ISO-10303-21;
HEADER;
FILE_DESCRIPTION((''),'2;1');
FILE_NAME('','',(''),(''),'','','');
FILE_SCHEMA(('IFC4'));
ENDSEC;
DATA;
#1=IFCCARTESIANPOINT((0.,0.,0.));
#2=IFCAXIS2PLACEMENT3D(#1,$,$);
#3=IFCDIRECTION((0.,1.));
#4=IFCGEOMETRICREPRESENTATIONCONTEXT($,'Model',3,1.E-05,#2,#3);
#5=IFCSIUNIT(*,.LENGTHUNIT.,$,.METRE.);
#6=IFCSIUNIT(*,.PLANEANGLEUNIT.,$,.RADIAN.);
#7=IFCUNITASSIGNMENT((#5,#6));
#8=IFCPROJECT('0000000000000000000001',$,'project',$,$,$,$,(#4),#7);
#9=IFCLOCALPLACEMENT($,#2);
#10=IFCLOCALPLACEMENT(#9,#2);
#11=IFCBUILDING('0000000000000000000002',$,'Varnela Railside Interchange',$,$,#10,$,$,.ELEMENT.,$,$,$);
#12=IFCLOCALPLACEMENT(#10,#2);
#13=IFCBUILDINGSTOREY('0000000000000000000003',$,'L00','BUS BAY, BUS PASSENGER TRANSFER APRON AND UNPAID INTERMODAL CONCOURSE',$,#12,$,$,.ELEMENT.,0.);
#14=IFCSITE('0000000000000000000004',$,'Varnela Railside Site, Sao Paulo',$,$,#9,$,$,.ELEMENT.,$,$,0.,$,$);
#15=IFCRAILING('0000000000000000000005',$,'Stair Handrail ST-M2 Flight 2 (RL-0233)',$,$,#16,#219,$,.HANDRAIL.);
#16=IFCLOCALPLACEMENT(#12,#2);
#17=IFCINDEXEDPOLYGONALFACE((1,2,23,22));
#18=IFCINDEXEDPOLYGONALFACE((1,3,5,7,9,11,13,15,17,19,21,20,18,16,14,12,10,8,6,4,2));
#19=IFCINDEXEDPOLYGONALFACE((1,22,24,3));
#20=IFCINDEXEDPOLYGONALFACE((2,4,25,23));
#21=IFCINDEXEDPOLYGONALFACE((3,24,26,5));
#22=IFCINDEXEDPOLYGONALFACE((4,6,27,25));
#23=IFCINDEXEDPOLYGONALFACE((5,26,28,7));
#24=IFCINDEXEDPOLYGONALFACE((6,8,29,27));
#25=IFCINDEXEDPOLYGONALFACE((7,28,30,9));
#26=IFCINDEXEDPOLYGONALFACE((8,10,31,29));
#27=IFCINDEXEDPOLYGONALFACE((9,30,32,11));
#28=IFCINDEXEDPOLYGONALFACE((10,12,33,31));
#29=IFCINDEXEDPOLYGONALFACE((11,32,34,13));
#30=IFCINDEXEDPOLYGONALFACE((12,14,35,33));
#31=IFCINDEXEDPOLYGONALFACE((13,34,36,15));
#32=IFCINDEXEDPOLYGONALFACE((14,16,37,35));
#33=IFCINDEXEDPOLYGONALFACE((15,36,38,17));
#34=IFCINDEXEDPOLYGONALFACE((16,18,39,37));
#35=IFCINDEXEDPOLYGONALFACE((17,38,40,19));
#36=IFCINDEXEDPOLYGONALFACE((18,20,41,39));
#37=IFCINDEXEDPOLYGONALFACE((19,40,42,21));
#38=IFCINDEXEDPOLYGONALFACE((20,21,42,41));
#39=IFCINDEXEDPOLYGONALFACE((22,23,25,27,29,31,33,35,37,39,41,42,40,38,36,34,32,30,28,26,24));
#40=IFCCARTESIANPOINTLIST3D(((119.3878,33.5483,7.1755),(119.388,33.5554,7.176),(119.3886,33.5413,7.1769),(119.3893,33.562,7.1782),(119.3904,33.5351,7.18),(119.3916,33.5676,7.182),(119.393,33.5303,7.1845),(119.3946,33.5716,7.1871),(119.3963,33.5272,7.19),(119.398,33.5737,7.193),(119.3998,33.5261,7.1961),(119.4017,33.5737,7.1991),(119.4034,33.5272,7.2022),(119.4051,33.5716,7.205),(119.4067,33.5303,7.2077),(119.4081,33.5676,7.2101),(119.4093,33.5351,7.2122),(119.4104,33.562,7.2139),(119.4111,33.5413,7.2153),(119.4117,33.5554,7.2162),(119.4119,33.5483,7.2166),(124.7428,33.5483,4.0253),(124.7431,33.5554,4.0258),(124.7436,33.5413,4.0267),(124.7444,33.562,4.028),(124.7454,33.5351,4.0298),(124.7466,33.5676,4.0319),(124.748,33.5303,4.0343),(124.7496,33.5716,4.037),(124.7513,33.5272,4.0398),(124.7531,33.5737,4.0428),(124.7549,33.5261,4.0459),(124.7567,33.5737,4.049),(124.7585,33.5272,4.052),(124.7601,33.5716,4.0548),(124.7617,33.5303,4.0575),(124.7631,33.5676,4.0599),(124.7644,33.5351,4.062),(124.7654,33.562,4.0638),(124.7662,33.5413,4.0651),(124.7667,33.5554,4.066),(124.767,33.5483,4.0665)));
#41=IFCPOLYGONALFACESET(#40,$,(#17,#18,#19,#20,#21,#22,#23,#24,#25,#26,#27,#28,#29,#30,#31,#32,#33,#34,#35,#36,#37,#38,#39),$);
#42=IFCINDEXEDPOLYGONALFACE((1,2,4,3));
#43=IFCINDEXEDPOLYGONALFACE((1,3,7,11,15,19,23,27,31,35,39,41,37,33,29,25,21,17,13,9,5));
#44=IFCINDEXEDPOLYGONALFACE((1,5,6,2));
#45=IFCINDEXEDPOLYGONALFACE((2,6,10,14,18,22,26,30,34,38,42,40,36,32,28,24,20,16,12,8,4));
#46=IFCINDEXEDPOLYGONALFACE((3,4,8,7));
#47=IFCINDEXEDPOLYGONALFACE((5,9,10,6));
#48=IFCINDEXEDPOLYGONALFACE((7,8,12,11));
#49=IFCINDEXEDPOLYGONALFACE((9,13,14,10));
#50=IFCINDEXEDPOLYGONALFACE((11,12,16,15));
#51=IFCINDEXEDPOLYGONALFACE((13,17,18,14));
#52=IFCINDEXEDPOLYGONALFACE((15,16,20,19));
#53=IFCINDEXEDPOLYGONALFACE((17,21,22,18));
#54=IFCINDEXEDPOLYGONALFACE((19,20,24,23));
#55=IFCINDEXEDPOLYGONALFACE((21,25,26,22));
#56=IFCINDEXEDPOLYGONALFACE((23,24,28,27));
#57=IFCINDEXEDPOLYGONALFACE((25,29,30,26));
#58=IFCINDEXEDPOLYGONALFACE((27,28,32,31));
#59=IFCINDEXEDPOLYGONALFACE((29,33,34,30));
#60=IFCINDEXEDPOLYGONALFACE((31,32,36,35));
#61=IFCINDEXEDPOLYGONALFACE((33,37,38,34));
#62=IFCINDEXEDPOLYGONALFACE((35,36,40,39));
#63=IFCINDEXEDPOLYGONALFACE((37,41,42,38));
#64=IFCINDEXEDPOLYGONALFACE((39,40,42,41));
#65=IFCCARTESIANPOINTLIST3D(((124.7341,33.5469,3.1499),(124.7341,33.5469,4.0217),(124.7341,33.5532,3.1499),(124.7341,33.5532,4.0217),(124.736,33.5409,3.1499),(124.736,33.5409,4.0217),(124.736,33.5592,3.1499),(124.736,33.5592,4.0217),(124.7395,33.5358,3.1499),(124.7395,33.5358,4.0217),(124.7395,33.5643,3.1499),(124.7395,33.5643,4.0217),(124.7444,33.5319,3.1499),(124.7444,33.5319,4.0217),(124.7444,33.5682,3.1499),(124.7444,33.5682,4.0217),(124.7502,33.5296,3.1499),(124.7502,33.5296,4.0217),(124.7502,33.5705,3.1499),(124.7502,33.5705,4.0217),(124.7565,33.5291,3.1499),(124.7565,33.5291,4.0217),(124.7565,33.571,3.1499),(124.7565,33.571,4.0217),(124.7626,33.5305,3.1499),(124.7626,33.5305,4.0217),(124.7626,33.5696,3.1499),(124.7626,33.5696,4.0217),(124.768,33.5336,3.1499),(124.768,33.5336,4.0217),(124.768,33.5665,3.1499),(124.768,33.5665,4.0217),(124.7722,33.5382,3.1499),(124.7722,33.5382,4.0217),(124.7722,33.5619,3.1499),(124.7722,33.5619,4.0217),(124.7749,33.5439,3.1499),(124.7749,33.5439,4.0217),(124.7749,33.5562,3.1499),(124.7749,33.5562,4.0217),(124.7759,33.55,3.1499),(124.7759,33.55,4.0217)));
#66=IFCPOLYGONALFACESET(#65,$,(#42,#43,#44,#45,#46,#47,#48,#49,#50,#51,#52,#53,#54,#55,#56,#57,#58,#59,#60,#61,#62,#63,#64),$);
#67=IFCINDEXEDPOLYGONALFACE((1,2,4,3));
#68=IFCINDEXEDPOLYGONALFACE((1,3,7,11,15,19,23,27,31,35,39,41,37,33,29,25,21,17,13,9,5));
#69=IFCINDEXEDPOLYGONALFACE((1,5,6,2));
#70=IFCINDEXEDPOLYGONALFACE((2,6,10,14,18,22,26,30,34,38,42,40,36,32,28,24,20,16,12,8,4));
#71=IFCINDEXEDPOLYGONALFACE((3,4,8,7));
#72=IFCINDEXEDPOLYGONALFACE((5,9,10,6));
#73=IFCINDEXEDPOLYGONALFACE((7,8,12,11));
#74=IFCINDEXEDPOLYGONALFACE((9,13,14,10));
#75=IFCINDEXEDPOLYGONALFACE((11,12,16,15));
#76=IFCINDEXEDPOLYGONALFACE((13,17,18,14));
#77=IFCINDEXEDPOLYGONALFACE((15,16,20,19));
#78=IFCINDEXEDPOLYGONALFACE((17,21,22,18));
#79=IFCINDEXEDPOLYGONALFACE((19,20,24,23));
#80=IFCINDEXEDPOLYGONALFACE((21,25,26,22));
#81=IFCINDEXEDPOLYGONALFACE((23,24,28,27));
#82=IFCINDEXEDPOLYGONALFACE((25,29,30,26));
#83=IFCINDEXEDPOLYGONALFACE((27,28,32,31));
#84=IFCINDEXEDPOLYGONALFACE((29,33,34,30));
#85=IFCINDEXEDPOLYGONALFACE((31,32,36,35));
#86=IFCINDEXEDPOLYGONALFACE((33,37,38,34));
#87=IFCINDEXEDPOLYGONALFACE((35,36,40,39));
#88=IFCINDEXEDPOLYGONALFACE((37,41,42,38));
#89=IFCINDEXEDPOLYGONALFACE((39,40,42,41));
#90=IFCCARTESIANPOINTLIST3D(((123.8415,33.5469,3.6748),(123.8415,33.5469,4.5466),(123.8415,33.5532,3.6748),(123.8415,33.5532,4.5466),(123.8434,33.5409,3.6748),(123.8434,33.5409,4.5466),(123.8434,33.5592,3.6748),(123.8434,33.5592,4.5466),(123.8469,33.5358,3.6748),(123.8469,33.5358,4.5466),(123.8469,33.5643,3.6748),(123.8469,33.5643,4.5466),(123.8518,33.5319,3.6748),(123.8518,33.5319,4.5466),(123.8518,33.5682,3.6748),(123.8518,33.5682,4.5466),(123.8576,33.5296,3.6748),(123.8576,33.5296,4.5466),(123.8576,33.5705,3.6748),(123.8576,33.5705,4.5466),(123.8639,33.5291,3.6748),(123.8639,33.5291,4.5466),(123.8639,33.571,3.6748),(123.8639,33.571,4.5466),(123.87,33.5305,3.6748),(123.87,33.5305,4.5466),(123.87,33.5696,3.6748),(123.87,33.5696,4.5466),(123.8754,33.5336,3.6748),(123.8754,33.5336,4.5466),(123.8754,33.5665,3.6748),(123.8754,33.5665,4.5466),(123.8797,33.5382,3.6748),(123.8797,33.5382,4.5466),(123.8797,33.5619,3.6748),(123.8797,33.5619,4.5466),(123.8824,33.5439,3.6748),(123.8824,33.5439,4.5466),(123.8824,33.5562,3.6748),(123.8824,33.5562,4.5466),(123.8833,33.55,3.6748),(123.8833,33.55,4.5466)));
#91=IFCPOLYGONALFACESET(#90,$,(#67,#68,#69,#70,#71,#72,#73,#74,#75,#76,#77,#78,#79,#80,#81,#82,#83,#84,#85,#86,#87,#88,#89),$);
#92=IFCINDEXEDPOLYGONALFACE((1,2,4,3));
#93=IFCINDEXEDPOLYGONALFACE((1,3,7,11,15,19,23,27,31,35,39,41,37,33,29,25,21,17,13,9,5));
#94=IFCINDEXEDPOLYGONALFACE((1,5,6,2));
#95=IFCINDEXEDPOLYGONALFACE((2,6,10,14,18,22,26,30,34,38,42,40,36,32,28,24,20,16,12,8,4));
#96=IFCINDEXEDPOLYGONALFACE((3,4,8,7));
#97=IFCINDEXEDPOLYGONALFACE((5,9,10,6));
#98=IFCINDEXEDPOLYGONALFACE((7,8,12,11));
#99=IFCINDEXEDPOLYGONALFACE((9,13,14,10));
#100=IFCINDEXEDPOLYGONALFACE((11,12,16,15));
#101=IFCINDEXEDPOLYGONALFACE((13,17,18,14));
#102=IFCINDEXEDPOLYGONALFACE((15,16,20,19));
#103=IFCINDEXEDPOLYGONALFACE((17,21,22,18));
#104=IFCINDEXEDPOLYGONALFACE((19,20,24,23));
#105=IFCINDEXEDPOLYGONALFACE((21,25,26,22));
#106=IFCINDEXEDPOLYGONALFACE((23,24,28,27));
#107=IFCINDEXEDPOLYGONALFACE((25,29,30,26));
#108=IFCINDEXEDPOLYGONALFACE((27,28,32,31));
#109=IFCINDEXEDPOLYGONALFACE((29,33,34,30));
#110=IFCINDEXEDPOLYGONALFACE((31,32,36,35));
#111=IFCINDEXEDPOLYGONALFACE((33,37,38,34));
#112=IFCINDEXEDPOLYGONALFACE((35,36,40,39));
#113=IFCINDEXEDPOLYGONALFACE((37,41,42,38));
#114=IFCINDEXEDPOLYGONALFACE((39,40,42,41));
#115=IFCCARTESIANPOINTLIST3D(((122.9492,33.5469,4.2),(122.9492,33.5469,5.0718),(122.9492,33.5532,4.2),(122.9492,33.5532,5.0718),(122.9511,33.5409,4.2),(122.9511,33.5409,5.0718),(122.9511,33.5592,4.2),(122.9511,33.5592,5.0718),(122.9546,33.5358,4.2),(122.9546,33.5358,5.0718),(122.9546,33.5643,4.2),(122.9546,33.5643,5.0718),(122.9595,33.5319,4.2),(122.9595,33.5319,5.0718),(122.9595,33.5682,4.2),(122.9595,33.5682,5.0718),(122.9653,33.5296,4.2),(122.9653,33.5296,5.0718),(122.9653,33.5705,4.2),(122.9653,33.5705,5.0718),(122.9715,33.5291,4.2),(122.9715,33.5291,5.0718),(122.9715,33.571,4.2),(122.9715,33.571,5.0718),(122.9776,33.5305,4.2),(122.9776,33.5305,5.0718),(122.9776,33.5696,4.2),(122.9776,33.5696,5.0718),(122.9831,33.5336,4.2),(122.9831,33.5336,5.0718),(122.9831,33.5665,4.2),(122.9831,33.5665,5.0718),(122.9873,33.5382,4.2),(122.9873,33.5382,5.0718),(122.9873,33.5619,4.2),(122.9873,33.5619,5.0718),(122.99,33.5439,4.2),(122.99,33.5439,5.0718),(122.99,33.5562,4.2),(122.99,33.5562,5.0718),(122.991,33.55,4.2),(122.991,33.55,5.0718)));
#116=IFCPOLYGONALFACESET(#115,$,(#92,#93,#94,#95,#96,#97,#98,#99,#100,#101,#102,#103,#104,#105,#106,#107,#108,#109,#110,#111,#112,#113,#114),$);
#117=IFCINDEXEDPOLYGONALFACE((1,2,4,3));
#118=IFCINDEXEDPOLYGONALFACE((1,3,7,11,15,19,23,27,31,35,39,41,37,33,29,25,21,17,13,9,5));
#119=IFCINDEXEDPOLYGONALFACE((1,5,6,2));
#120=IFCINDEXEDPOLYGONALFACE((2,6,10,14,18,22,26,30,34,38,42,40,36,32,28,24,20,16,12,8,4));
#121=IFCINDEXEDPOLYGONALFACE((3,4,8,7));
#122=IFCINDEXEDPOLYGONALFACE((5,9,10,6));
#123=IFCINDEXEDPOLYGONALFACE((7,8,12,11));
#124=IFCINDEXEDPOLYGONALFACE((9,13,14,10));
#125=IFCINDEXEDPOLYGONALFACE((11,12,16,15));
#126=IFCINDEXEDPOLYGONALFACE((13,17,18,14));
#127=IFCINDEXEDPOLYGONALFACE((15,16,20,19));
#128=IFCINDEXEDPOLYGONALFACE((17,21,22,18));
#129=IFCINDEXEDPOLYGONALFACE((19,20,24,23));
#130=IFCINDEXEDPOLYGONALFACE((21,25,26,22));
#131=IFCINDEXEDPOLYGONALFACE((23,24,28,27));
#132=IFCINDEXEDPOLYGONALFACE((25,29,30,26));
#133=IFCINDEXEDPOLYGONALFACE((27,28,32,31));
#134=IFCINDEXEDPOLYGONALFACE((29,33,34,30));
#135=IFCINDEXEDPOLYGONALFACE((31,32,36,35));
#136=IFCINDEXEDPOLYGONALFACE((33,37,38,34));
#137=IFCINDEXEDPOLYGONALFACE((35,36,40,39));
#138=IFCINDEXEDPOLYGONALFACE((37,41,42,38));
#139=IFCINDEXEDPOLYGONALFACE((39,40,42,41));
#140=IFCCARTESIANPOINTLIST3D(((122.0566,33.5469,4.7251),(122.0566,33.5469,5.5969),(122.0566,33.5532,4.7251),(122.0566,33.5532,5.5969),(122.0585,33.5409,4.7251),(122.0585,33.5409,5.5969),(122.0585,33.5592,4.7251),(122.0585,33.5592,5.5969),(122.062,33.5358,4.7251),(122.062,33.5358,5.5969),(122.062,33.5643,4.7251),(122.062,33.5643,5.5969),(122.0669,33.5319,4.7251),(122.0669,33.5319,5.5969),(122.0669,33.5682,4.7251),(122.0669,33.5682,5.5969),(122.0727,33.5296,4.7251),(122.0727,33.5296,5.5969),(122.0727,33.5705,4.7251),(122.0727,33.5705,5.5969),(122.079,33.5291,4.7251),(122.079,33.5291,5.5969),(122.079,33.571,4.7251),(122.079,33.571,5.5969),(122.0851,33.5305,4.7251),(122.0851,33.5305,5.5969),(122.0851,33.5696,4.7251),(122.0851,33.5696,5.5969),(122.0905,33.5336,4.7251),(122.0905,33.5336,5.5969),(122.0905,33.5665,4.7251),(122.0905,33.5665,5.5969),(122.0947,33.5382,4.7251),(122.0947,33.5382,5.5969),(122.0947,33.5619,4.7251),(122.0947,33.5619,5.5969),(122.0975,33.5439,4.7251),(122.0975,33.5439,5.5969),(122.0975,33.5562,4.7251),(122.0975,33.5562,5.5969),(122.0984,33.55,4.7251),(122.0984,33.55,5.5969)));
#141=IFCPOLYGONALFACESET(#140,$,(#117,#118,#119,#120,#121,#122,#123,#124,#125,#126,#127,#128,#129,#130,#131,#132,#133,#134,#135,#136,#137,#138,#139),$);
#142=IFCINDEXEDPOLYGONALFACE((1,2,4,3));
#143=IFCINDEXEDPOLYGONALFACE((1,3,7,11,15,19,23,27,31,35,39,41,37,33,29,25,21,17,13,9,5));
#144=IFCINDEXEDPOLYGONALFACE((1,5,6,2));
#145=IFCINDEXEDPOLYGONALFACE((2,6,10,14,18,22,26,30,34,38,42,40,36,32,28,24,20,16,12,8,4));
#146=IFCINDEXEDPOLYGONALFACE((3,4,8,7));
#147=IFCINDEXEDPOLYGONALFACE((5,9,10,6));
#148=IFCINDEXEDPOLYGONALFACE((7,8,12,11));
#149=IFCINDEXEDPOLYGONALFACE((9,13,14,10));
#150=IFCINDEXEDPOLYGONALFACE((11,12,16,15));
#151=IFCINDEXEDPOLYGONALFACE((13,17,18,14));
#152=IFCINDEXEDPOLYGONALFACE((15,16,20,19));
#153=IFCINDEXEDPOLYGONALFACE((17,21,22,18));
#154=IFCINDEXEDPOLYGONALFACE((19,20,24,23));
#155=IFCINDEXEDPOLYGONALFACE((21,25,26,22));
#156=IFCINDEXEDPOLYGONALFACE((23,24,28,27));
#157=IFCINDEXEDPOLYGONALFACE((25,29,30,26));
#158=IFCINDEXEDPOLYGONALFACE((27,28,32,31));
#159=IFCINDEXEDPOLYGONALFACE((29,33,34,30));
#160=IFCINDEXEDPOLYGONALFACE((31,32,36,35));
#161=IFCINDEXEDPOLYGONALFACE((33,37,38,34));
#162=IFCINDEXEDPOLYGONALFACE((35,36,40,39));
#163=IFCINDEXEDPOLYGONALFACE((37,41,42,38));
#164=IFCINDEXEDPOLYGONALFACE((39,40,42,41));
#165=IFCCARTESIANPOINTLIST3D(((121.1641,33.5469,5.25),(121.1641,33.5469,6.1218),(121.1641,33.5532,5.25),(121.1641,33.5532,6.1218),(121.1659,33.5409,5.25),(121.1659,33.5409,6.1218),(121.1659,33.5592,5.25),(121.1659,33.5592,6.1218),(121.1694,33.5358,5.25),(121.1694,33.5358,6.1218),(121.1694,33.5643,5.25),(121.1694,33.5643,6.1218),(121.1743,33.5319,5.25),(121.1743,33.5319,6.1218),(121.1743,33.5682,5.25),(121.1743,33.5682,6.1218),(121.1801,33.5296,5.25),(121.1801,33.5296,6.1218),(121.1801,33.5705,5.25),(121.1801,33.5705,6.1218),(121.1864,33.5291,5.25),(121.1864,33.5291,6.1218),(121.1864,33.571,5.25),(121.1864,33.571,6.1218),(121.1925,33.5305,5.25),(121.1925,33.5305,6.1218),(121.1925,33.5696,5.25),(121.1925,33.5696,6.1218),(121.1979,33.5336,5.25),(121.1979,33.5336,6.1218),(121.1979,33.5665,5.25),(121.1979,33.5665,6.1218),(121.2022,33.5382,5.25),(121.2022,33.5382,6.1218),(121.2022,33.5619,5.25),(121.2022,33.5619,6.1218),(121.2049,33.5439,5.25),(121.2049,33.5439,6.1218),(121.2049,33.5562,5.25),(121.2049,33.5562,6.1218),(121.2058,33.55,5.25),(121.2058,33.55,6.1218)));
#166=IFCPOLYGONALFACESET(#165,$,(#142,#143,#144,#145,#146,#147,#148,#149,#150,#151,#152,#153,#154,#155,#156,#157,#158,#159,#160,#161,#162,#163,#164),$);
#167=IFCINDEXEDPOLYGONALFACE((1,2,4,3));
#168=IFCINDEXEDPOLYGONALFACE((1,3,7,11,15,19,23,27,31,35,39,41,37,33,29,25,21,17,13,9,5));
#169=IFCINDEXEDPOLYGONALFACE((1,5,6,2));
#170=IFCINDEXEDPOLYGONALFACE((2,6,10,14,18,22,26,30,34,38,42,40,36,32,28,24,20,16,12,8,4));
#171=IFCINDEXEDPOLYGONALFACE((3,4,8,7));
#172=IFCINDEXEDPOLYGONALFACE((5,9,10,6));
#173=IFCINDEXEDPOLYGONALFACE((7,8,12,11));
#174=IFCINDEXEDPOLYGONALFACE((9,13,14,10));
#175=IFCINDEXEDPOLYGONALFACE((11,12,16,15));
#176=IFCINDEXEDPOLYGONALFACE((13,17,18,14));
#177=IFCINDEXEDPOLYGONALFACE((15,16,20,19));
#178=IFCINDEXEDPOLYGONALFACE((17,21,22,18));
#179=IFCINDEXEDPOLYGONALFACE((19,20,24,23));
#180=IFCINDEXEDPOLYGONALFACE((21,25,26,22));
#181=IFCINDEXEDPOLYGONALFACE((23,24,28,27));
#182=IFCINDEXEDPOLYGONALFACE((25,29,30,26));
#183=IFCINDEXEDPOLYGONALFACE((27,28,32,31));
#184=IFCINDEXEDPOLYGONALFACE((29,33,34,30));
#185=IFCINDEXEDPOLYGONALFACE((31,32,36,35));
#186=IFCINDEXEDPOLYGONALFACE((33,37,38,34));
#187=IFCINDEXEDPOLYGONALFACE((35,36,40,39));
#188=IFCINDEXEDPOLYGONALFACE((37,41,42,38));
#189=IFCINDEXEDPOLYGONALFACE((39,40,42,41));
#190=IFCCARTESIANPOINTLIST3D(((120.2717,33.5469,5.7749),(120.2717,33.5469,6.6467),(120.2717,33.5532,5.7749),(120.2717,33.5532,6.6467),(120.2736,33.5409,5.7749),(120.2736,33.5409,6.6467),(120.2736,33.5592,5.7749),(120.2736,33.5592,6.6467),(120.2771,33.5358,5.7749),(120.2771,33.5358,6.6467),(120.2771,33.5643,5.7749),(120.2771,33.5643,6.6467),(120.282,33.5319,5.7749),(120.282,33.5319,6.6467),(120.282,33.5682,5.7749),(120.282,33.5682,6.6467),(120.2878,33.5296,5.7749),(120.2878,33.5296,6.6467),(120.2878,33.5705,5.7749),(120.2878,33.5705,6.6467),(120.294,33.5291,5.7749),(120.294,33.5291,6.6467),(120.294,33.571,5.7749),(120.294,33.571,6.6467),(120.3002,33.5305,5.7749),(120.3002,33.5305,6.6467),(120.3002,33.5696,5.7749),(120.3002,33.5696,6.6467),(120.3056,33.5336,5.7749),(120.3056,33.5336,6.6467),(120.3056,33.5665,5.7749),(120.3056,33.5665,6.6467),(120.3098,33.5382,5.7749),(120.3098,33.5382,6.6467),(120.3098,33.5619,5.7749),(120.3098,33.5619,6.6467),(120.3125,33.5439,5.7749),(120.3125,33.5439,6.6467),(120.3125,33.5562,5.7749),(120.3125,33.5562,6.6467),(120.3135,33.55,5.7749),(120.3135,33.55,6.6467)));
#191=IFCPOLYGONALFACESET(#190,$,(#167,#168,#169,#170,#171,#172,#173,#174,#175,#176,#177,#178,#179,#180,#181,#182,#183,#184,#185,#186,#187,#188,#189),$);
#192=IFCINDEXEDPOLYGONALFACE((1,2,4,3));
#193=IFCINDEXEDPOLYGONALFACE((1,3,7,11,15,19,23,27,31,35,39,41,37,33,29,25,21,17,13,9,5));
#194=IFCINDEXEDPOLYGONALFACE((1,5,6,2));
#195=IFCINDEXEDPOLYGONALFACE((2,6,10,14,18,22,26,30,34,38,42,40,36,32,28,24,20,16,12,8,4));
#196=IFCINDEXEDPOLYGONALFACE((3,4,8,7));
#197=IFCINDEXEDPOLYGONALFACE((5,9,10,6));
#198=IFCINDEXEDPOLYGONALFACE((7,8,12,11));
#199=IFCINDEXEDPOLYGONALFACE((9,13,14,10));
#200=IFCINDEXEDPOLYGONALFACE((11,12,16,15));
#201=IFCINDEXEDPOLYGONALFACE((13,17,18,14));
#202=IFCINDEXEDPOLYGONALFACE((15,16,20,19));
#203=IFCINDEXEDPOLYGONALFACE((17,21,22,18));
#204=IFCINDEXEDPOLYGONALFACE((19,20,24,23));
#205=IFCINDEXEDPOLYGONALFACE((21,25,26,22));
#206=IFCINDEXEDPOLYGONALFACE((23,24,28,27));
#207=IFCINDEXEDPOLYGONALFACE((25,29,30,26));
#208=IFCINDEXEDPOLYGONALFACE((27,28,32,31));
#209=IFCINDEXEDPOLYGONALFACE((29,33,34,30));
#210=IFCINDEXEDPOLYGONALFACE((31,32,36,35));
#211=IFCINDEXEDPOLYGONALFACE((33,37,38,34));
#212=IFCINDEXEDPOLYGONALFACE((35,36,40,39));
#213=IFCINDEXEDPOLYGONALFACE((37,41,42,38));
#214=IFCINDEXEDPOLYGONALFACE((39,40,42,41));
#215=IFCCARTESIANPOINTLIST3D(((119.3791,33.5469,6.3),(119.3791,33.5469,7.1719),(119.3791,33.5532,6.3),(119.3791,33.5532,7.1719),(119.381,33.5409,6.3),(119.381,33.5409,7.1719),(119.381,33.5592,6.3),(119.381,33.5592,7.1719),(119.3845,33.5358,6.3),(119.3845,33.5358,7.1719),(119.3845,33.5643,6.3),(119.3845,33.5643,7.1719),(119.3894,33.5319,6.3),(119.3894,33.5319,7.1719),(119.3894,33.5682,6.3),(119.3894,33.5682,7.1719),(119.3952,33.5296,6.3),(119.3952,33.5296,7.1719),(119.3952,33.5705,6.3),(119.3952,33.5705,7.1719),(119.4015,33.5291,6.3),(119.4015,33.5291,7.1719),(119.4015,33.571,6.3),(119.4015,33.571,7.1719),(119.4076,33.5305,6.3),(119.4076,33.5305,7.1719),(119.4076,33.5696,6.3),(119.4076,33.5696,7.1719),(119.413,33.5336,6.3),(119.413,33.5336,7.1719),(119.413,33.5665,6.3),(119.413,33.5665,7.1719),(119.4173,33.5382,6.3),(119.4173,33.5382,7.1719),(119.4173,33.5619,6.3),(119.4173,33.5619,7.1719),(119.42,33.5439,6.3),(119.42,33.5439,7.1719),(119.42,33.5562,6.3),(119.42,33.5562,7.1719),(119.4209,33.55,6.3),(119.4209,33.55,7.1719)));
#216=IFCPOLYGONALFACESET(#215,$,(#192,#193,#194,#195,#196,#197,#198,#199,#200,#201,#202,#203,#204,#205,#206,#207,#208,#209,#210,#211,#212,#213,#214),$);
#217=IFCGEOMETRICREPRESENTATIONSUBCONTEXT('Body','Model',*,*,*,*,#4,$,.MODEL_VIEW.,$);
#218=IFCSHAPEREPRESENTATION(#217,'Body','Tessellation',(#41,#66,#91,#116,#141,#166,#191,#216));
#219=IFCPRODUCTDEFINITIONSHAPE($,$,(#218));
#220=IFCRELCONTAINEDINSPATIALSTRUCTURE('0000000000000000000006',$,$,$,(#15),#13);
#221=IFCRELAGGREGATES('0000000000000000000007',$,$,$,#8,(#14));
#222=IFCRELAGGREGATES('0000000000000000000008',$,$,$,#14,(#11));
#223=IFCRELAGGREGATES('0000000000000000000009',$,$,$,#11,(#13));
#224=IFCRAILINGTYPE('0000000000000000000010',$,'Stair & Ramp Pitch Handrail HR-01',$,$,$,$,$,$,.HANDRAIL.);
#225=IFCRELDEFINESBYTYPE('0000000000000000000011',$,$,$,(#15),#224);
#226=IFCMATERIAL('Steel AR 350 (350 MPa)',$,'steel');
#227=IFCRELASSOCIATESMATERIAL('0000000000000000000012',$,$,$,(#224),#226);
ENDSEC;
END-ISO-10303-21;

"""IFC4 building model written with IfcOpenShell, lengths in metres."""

from ifc_helpers import new_model, si_unit, direction, frame, origin, origin_2d, place, context, subcontext, project, spatial, circle, extrude, material, type_object, element, save


model = new_model("IFC4")

# Units and contexts
model_context = context("Model", 3, precision=1e-05, world=origin(), true_north=direction((0.0, 1.0)))
body_context = subcontext(model_context, "Body", "Model", "MODEL_VIEW")
ifc_project = project(units=[si_unit("LENGTHUNIT", "METRE"), si_unit("PLANEANGLEUNIT", "RADIAN")], contexts=[model_context])

# Site, building, storey
site_placement = place(None, origin())
site = spatial("IfcSite", under=ifc_project, at=site_placement, Name="Varnela Railside Site, Sao Paulo", CompositionType="ELEMENT", RefElevation=0.0)
building_placement = place(site_placement, origin())
building = spatial("IfcBuilding", under=site, at=building_placement, Name="Varnela Railside Interchange", CompositionType="ELEMENT")
storey_placement = place(building_placement, origin())
storey = spatial("IfcBuildingStorey", under=building, at=storey_placement, Name="L00", Description="BUS BAY, BUS PASSENGER TRANSFER APRON AND UNPAID INTERMODAL CONCOURSE", CompositionType="ELEMENT", Elevation=0.0)

# Shared definitions
ifc_material_1 = material(Name="Steel AR 350 (350 MPa)", Category="steel")

# Railing
railing_type_1 = type_object("IfcRailingType", Name="Stair & Ramp Pitch Handrail HR-01", PredefinedType="HANDRAIL", material=ifc_material_1)
railing_1_placement = place(storey_placement, frame((124.7549, 33.55, 3.1499)))
element("IfcRailing", 1, at=railing_1_placement, inside=storey, type_object=railing_type_1, Name="Stair Handrail ST-M2 Flight 2 (RL-0233)", PredefinedType="HANDRAIL", context=body_context, shape_type="SweptSolid", body=[
    extrude(circle(Radius=0.0239, at=origin_2d()), frame((0.0, 0.0, 0.896), z_axis=(-0.861923, 0.0, 0.507039), x_axis=(0.0, -1.0, 0.0)), (0.0, 0.0, 1.0), 6.2129),
    extrude(circle(Radius=0.021, at=origin_2d()), origin(), (0.0, 0.0, 1.0), 0.8718),
    extrude(circle(Radius=0.021, at=origin_2d()), frame((-0.8926, 0.0, 0.5249)), (0.0, 0.0, 1.0), 0.8718),
    extrude(circle(Radius=0.021, at=origin_2d()), frame((-1.7849, 0.0, 1.05)), (0.0, 0.0, 1.0), 0.8718),
    extrude(circle(Radius=0.021, at=origin_2d()), frame((-2.6775, 0.0, 1.5752)), (0.0, 0.0, 1.0), 0.8718),
    extrude(circle(Radius=0.021, at=origin_2d()), frame((-3.5701, 0.0, 2.1001)), (0.0, 0.0, 1.0), 0.8718),
    extrude(circle(Radius=0.021, at=origin_2d()), frame((-4.4624, 0.0, 2.625)), (0.0, 0.0, 1.0), 0.8718),
    extrude(circle(Radius=0.021, at=origin_2d()), frame((-5.355, 0.0, 3.1501)), (0.0, 0.0, 1.0), 0.8718),
])

save(model, "model.ifc")
